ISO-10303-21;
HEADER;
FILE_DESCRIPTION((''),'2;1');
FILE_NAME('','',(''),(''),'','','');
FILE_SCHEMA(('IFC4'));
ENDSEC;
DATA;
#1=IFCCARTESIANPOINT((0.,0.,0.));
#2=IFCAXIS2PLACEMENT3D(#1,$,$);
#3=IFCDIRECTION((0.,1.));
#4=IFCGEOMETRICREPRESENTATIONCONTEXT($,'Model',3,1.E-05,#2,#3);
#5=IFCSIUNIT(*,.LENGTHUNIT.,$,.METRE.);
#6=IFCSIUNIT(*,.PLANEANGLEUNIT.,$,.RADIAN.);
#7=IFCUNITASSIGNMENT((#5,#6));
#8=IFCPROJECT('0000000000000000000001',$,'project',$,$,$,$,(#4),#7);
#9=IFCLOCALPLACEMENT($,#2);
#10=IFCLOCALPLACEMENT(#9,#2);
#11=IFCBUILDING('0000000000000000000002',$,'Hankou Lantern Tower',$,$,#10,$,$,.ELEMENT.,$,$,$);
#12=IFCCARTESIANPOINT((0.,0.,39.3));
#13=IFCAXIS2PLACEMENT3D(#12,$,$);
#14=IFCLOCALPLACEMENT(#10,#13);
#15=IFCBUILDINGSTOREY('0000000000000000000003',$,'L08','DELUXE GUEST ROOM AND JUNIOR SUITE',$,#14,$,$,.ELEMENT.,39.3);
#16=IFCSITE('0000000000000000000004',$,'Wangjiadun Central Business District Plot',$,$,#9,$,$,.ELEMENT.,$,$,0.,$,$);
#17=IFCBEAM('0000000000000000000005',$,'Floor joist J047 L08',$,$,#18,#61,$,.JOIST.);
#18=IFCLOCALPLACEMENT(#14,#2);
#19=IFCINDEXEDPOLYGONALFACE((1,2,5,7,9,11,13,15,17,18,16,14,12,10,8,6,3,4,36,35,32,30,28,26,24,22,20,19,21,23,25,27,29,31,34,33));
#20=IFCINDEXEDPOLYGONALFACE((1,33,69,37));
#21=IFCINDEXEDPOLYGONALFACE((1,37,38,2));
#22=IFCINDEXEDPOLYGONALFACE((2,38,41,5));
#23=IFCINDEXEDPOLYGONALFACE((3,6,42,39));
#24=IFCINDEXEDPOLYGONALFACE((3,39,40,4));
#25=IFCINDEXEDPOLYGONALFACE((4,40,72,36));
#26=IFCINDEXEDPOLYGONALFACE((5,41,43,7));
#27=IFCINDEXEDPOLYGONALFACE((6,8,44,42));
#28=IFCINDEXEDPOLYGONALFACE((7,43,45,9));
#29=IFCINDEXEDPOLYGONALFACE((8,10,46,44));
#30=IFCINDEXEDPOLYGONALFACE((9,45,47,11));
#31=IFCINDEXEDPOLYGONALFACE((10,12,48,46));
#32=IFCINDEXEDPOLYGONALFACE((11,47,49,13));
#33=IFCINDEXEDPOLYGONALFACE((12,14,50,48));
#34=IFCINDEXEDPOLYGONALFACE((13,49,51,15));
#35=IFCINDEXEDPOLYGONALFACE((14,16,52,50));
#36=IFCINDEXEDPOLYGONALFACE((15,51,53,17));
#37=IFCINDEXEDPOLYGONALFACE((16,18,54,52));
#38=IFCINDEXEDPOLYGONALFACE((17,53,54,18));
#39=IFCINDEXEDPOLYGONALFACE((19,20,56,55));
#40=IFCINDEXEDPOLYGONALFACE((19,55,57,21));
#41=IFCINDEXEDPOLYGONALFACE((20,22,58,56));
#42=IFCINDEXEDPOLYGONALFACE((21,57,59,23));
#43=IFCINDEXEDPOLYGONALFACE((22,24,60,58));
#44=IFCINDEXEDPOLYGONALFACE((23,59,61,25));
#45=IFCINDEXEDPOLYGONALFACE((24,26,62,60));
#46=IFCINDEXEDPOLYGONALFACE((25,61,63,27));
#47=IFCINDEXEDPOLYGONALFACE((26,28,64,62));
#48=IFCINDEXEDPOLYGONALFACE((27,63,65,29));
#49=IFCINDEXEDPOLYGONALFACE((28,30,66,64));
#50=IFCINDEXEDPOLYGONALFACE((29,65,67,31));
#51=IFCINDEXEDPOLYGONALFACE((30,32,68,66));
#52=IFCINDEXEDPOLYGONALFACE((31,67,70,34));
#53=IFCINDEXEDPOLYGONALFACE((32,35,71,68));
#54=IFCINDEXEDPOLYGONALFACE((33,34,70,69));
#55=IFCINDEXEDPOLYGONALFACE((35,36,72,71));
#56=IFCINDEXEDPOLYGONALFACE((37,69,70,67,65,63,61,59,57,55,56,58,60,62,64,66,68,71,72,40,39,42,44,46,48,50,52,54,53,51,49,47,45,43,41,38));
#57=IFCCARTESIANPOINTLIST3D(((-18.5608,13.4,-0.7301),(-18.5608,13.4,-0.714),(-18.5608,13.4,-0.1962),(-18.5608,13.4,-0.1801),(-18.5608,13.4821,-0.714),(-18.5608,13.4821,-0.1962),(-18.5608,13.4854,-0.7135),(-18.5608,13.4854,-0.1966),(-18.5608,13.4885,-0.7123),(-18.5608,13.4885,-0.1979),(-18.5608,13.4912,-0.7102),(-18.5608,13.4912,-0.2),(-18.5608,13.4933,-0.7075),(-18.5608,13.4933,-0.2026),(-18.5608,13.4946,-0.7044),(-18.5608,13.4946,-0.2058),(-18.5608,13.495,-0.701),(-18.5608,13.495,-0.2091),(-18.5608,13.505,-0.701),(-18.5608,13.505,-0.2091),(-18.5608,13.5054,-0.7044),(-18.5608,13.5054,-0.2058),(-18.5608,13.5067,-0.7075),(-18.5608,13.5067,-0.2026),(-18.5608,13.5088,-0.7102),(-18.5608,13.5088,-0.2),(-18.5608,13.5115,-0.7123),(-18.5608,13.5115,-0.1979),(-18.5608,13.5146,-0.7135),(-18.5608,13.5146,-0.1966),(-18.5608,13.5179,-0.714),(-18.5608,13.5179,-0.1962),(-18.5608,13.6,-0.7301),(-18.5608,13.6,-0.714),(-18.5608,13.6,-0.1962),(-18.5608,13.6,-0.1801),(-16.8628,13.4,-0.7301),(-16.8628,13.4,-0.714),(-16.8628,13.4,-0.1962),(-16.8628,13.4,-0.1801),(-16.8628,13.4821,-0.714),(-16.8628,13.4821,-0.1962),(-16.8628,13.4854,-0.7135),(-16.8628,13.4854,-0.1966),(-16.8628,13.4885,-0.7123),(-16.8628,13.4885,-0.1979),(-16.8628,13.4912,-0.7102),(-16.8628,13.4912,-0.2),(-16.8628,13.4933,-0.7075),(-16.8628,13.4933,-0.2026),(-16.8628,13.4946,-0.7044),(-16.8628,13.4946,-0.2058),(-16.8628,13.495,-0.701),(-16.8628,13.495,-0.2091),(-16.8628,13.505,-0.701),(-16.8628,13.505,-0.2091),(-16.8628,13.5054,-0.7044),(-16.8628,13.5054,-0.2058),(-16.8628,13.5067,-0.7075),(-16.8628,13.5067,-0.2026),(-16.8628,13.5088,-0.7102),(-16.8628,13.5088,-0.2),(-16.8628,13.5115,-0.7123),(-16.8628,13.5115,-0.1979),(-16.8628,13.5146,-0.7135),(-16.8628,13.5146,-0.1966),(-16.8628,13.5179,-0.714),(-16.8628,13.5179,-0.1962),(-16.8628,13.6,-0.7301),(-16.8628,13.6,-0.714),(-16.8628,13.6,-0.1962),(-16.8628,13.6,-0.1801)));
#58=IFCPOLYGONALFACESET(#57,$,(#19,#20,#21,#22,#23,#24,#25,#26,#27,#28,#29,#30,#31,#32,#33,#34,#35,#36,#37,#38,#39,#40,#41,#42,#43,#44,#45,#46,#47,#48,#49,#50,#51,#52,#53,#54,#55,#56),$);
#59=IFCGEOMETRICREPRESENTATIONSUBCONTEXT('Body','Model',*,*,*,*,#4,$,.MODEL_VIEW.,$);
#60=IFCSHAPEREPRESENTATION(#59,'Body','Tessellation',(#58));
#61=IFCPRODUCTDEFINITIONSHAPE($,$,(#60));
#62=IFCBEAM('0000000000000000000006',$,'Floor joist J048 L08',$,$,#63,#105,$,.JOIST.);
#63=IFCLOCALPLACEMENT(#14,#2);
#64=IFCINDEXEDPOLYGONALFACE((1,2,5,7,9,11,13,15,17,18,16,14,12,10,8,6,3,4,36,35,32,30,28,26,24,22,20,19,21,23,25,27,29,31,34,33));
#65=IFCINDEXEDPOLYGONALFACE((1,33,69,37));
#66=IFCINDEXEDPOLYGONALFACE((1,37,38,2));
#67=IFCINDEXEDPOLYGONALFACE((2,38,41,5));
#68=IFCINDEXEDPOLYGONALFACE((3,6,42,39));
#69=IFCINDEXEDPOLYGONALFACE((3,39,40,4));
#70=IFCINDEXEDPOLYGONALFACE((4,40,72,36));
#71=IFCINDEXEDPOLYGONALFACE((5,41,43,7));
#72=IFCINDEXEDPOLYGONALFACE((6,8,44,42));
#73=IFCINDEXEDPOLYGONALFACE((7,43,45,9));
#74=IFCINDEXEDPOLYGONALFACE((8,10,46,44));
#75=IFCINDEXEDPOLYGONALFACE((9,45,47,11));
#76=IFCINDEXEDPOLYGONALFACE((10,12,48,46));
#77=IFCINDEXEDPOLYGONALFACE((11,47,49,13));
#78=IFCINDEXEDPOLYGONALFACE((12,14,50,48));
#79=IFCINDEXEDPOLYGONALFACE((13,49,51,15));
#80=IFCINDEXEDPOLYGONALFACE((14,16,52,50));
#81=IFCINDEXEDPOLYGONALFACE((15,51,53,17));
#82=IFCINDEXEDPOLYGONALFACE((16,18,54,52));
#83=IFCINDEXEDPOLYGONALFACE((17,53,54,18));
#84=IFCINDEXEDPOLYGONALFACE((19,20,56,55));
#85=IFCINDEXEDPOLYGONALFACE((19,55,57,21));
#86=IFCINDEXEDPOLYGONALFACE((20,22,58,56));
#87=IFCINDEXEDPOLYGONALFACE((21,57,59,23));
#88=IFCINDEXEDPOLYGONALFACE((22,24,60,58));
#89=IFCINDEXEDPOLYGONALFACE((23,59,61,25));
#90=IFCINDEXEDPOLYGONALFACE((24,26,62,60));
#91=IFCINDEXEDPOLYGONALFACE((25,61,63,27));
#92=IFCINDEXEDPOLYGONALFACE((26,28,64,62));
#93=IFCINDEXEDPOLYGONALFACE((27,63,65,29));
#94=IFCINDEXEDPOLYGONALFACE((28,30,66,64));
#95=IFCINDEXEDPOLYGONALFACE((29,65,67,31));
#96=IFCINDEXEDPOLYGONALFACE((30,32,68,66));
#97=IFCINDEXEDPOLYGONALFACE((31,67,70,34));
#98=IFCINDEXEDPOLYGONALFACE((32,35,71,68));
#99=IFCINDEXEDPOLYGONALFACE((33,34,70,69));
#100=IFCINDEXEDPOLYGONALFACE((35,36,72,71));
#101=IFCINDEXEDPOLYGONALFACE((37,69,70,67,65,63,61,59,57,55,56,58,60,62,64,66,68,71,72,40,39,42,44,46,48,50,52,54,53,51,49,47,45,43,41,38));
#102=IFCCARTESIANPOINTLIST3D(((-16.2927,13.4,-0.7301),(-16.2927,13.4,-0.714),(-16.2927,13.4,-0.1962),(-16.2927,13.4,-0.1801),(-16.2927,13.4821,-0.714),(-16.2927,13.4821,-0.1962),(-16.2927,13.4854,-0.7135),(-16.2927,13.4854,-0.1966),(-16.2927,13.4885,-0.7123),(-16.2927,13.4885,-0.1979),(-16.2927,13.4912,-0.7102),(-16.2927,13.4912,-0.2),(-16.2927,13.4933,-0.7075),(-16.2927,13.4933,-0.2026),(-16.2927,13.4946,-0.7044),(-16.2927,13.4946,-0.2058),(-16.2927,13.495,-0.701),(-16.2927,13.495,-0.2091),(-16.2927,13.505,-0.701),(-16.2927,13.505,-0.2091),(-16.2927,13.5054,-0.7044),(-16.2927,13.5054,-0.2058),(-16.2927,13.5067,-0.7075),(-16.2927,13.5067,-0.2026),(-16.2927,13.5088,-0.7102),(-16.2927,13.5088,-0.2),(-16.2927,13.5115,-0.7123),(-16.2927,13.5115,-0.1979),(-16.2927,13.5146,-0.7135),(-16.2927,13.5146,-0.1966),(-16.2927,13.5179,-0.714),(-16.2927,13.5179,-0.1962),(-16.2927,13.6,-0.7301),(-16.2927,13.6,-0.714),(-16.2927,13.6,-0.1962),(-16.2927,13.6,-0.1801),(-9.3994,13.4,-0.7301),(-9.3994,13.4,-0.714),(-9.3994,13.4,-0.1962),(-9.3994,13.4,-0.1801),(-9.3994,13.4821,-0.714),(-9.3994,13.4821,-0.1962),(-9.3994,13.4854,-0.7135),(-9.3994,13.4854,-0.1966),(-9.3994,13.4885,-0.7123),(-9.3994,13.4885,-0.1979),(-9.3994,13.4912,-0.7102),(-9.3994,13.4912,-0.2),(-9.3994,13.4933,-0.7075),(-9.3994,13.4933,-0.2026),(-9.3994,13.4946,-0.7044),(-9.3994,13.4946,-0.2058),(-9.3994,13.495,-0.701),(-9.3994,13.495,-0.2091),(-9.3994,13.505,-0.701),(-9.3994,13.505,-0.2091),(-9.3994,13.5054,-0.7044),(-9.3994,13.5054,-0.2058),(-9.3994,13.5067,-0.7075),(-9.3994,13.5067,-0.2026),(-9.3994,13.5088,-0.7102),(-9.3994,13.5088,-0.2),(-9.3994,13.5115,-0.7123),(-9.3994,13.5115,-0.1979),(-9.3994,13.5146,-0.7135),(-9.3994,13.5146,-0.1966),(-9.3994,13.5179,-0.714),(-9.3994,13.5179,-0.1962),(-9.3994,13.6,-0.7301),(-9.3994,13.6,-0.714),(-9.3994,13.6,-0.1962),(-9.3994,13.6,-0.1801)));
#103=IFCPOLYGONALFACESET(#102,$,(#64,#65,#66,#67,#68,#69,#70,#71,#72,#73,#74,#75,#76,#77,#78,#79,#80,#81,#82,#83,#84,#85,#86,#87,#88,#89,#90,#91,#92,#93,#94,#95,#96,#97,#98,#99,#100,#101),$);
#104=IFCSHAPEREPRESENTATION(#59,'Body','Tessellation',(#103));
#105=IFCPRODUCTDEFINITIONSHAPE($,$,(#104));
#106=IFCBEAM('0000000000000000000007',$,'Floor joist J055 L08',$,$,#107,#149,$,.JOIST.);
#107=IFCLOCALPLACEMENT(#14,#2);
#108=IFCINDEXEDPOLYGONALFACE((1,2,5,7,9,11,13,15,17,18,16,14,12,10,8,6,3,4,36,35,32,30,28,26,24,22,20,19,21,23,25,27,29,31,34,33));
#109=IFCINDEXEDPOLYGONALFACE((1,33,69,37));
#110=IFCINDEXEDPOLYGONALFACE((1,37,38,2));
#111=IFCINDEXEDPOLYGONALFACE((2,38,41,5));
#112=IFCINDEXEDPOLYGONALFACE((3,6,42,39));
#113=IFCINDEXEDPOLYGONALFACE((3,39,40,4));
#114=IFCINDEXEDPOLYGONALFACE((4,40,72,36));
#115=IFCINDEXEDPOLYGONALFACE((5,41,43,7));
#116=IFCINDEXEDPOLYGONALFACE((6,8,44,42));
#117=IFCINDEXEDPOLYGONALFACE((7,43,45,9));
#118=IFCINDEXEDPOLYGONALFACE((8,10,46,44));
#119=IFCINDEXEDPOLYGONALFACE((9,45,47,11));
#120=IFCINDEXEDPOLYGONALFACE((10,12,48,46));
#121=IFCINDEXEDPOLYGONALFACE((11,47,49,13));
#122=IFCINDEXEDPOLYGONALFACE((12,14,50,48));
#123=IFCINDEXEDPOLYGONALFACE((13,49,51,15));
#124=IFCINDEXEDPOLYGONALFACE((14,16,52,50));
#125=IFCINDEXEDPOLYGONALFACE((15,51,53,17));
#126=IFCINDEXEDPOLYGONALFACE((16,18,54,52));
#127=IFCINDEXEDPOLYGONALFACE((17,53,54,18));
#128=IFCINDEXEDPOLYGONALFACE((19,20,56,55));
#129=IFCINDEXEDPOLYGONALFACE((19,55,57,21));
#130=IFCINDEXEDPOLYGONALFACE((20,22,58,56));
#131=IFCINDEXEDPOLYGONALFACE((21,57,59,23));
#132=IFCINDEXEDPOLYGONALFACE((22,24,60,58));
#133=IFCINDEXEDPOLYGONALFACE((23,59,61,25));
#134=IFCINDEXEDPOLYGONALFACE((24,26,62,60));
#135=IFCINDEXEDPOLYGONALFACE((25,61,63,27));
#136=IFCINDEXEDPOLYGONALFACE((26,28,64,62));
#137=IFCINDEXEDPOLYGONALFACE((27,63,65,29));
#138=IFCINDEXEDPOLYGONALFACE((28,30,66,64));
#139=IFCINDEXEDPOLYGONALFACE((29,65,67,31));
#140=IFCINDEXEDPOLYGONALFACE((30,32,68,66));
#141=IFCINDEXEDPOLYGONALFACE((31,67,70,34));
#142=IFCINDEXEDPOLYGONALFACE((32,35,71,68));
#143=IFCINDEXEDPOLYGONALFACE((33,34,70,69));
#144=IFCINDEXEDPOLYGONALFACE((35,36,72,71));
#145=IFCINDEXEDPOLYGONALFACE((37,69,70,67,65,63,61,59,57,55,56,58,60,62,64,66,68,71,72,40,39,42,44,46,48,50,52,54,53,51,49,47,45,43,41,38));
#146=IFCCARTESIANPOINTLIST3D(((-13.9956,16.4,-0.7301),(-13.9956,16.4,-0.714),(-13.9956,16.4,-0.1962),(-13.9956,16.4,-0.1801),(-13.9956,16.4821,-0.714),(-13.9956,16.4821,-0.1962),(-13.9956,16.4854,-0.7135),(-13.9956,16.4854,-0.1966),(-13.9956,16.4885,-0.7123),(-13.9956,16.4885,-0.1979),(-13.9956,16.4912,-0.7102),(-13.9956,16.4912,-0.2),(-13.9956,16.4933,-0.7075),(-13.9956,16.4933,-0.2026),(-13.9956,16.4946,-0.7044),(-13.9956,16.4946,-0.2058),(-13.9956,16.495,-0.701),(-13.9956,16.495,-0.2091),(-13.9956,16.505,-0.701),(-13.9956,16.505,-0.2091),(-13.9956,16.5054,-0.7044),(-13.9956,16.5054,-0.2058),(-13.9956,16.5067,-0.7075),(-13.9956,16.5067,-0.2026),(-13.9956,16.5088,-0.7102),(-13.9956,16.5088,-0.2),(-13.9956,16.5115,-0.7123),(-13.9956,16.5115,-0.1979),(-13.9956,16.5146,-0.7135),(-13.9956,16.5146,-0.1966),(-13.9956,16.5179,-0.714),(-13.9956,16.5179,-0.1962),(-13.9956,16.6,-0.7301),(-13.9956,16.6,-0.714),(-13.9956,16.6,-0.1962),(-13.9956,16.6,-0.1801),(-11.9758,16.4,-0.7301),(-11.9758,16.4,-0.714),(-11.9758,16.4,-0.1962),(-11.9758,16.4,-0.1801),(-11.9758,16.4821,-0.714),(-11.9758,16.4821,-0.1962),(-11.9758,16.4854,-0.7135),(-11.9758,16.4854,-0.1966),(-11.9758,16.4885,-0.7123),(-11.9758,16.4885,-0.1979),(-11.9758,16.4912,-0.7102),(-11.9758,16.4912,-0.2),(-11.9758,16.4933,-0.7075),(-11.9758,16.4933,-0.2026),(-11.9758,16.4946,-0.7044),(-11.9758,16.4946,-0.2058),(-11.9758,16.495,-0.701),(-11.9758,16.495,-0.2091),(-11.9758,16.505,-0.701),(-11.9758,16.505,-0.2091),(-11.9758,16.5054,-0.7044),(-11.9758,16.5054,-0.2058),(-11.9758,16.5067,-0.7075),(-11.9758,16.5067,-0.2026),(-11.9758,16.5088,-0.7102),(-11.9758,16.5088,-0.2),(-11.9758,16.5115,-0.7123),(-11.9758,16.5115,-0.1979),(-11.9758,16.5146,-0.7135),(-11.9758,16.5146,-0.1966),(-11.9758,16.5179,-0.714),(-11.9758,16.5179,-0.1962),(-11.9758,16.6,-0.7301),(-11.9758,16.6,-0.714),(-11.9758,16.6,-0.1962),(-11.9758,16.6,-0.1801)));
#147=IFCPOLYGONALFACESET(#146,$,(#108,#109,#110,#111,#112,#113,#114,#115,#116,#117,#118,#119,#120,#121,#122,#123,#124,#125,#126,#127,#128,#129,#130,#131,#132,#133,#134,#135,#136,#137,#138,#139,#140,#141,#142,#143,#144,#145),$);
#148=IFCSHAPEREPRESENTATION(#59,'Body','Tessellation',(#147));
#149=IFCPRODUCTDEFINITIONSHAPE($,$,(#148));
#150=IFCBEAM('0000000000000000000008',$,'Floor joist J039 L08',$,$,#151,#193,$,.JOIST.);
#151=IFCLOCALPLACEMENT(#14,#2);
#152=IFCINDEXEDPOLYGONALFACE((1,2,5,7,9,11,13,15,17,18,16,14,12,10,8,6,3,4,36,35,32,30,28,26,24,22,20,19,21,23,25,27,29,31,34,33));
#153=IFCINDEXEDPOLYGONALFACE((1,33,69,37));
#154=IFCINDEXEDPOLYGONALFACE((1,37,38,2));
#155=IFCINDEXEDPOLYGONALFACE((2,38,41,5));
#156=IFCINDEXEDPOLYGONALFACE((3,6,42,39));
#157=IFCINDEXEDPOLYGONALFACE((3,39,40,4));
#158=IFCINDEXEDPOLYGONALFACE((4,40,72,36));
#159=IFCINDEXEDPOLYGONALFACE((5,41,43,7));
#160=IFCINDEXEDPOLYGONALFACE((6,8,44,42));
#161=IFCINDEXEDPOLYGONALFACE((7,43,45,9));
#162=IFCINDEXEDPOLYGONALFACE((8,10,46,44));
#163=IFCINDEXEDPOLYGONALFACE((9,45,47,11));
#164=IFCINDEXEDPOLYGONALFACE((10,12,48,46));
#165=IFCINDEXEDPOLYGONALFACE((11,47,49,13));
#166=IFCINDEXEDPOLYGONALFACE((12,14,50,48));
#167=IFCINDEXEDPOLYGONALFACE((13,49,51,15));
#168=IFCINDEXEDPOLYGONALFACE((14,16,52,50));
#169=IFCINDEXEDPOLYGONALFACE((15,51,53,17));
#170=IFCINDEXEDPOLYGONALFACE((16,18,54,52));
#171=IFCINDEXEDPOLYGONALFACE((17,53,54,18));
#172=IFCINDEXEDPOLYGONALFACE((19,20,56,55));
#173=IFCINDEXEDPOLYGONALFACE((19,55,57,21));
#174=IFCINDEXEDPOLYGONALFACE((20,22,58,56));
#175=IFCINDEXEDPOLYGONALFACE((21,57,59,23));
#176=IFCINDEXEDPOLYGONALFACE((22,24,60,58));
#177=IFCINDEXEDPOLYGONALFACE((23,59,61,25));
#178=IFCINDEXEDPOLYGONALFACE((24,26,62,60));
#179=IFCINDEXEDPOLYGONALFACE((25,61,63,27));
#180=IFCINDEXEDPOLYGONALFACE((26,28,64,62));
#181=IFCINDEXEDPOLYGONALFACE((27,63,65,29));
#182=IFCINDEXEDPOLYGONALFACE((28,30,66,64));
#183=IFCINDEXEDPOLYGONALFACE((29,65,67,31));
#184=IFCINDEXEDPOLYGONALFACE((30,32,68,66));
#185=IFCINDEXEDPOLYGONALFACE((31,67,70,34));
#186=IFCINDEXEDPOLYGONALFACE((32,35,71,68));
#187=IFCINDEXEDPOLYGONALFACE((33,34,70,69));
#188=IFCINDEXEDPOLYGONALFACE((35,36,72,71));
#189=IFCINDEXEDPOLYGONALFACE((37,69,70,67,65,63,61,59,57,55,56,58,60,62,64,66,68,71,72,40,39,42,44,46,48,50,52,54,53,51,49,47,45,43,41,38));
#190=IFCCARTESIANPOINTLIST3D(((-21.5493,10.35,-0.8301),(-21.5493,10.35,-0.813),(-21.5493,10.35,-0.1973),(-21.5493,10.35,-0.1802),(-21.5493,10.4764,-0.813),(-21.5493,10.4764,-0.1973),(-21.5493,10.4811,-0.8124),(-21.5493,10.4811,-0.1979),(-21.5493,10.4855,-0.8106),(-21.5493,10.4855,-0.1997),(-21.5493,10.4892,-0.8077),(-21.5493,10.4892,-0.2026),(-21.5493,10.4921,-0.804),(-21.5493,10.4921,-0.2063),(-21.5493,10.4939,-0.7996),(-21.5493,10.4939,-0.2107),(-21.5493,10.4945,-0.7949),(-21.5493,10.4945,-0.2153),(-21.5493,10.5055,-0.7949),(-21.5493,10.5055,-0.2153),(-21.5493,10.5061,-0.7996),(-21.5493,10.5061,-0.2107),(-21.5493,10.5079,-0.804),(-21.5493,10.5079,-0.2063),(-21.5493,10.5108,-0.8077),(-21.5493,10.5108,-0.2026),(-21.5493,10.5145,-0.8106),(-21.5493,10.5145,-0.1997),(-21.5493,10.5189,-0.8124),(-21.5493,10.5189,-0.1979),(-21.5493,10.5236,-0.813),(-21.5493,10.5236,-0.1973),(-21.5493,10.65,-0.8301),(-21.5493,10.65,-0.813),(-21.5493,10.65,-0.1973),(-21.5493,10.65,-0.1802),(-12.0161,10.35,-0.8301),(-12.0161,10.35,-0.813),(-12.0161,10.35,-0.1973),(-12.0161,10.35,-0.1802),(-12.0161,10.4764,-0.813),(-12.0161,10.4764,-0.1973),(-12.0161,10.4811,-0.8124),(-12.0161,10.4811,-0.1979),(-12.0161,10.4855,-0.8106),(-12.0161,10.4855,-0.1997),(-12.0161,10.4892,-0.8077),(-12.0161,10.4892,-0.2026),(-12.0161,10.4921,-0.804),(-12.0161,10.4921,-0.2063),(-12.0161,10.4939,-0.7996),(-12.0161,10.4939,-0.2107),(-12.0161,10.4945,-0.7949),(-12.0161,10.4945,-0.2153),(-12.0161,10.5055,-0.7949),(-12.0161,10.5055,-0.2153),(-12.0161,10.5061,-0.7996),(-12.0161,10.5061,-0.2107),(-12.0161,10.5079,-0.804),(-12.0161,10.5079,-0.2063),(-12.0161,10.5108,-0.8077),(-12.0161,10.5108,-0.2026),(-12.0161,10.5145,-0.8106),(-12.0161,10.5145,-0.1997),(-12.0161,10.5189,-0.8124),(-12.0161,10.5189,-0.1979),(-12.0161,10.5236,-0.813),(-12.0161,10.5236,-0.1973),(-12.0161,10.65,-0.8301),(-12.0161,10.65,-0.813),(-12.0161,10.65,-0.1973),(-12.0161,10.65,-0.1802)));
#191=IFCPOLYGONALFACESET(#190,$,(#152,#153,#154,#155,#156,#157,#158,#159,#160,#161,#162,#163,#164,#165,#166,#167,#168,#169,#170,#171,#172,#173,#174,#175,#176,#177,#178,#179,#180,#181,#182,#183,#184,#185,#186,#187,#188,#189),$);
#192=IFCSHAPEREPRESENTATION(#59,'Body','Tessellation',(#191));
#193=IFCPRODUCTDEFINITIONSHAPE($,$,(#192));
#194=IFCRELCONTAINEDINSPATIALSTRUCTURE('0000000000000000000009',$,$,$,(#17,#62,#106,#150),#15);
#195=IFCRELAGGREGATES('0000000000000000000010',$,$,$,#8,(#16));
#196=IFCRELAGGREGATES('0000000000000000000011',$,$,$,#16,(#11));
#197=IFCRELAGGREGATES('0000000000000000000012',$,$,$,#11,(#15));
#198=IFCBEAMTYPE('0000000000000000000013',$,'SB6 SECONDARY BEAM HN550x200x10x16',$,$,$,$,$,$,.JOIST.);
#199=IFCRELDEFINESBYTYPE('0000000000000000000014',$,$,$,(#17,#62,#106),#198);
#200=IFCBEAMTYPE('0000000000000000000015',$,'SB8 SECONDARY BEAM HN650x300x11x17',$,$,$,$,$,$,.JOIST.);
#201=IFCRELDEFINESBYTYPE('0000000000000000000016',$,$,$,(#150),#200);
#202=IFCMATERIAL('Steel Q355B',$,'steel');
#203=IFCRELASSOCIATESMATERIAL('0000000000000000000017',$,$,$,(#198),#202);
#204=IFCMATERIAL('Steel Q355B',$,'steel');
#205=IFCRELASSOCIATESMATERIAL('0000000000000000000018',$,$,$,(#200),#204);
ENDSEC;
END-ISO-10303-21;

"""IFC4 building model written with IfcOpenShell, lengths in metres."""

from ifc_helpers import new_model, si_unit, direction, frame, origin, origin_2d, place, context, subcontext, project, spatial, i_section, extrude, material, material_profile, profile_set, type_object, element, save


model = new_model("IFC4")

# Units and contexts
model_context = context("Model", 3, precision=1e-05, world=origin(), true_north=direction((0.0, 1.0)))
body_context = subcontext(model_context, "Body", "Model", "MODEL_VIEW")
ifc_project = project(units=[si_unit("LENGTHUNIT", "METRE"), si_unit("PLANEANGLEUNIT", "RADIAN")], contexts=[model_context])

# Site, building, storey
site_placement = place(None, origin())
site = spatial("IfcSite", under=ifc_project, at=site_placement, Name="Wangjiadun Central Business District Plot", CompositionType="ELEMENT", RefElevation=0.0)
building_placement = place(site_placement, origin())
building = spatial("IfcBuilding", under=site, at=building_placement, Name="Hankou Lantern Tower", CompositionType="ELEMENT")
storey_placement = place(building_placement, frame((0.0, 0.0, 39.3)))
storey = spatial("IfcBuildingStorey", under=building, at=storey_placement, Name="L08", Description="DELUXE GUEST ROOM AND JUNIOR SUITE", CompositionType="ELEMENT", Elevation=39.3)

# Beams
ifc_material_1 = material(Name="Steel Q355B", Category="steel")
ifc_material_profile_1 = material_profile(ifc_material_1, i_section(OverallWidth=0.2, OverallDepth=0.55, WebThickness=0.01, FlangeThickness=0.0161, FilletRadius=0.0129, at=origin_2d()), Name="HN550x200x10x16")
ifc_profile_set_1 = profile_set([ifc_material_profile_1], Name="Steel Q355B")
beam_type_1 = type_object("IfcBeamType", Name="SB6 SECONDARY BEAM HN550x200x10x16", PredefinedType="JOIST", material=ifc_profile_set_1)
beam_1_placement = place(storey_placement, frame((-18.5608, 13.5, -0.4551), z_axis=(1.0, 0.0, 0.0), x_axis=(0.0, 1.0, 0.0)))
element("IfcBeam", 1, at=beam_1_placement, inside=storey, type_object=beam_type_1, Name="Floor joist J047 L08", PredefinedType="JOIST", context=body_context, shape_type="SweptSolid", body=[
    extrude(i_section(OverallWidth=0.2, OverallDepth=0.55, WebThickness=0.01, FlangeThickness=0.0161, FilletRadius=0.0129, at=origin_2d()), origin(), (0.0, 0.0, 1.0), 1.698),
])
beam_2_placement = place(storey_placement, frame((-16.2927, 13.5, -0.4551), z_axis=(1.0, 0.0, 0.0), x_axis=(0.0, 1.0, 0.0)))
element("IfcBeam", 2, at=beam_2_placement, inside=storey, type_object=beam_type_1, Name="Floor joist J048 L08", PredefinedType="JOIST", context=body_context, shape_type="SweptSolid", body=[
    extrude(i_section(OverallWidth=0.2, OverallDepth=0.55, WebThickness=0.01, FlangeThickness=0.0161, FilletRadius=0.0129, at=origin_2d()), origin(), (0.0, 0.0, 1.0), 6.8933),
])
beam_3_placement = place(storey_placement, frame((-13.9956, 16.5, -0.4551), z_axis=(1.0, 0.0, 0.0), x_axis=(0.0, 1.0, 0.0)))
element("IfcBeam", 3, at=beam_3_placement, inside=storey, type_object=beam_type_1, Name="Floor joist J055 L08", PredefinedType="JOIST", context=body_context, shape_type="SweptSolid", body=[
    extrude(i_section(OverallWidth=0.2, OverallDepth=0.55, WebThickness=0.01, FlangeThickness=0.0161, FilletRadius=0.0129, at=origin_2d()), origin(), (0.0, 0.0, 1.0), 2.0198),
])
ifc_material_2 = material(Name="Steel Q355B", Category="steel")
ifc_material_profile_2 = material_profile(ifc_material_2, i_section(OverallWidth=0.3, OverallDepth=0.6499, WebThickness=0.011, FlangeThickness=0.0171, FilletRadius=0.0181, at=origin_2d()), Name="HN650x300x11x17")
ifc_profile_set_2 = profile_set([ifc_material_profile_2], Name="Steel Q355B")
beam_type_2 = type_object("IfcBeamType", Name="SB8 SECONDARY BEAM HN650x300x11x17", PredefinedType="JOIST", material=ifc_profile_set_2)
beam_4_placement = place(storey_placement, frame((-21.5493, 10.5, -0.5051), z_axis=(1.0, 0.0, 0.0), x_axis=(0.0, 1.0, 0.0)))
element("IfcBeam", 4, at=beam_4_placement, inside=storey, type_object=beam_type_2, Name="Floor joist J039 L08", PredefinedType="JOIST", context=body_context, shape_type="SweptSolid", body=[
    extrude(i_section(OverallWidth=0.3, OverallDepth=0.6499, WebThickness=0.011, FlangeThickness=0.0171, FilletRadius=0.0181, at=origin_2d()), origin(), (0.0, 0.0, 1.0), 9.5332),
])

save(model, "model.ifc")
